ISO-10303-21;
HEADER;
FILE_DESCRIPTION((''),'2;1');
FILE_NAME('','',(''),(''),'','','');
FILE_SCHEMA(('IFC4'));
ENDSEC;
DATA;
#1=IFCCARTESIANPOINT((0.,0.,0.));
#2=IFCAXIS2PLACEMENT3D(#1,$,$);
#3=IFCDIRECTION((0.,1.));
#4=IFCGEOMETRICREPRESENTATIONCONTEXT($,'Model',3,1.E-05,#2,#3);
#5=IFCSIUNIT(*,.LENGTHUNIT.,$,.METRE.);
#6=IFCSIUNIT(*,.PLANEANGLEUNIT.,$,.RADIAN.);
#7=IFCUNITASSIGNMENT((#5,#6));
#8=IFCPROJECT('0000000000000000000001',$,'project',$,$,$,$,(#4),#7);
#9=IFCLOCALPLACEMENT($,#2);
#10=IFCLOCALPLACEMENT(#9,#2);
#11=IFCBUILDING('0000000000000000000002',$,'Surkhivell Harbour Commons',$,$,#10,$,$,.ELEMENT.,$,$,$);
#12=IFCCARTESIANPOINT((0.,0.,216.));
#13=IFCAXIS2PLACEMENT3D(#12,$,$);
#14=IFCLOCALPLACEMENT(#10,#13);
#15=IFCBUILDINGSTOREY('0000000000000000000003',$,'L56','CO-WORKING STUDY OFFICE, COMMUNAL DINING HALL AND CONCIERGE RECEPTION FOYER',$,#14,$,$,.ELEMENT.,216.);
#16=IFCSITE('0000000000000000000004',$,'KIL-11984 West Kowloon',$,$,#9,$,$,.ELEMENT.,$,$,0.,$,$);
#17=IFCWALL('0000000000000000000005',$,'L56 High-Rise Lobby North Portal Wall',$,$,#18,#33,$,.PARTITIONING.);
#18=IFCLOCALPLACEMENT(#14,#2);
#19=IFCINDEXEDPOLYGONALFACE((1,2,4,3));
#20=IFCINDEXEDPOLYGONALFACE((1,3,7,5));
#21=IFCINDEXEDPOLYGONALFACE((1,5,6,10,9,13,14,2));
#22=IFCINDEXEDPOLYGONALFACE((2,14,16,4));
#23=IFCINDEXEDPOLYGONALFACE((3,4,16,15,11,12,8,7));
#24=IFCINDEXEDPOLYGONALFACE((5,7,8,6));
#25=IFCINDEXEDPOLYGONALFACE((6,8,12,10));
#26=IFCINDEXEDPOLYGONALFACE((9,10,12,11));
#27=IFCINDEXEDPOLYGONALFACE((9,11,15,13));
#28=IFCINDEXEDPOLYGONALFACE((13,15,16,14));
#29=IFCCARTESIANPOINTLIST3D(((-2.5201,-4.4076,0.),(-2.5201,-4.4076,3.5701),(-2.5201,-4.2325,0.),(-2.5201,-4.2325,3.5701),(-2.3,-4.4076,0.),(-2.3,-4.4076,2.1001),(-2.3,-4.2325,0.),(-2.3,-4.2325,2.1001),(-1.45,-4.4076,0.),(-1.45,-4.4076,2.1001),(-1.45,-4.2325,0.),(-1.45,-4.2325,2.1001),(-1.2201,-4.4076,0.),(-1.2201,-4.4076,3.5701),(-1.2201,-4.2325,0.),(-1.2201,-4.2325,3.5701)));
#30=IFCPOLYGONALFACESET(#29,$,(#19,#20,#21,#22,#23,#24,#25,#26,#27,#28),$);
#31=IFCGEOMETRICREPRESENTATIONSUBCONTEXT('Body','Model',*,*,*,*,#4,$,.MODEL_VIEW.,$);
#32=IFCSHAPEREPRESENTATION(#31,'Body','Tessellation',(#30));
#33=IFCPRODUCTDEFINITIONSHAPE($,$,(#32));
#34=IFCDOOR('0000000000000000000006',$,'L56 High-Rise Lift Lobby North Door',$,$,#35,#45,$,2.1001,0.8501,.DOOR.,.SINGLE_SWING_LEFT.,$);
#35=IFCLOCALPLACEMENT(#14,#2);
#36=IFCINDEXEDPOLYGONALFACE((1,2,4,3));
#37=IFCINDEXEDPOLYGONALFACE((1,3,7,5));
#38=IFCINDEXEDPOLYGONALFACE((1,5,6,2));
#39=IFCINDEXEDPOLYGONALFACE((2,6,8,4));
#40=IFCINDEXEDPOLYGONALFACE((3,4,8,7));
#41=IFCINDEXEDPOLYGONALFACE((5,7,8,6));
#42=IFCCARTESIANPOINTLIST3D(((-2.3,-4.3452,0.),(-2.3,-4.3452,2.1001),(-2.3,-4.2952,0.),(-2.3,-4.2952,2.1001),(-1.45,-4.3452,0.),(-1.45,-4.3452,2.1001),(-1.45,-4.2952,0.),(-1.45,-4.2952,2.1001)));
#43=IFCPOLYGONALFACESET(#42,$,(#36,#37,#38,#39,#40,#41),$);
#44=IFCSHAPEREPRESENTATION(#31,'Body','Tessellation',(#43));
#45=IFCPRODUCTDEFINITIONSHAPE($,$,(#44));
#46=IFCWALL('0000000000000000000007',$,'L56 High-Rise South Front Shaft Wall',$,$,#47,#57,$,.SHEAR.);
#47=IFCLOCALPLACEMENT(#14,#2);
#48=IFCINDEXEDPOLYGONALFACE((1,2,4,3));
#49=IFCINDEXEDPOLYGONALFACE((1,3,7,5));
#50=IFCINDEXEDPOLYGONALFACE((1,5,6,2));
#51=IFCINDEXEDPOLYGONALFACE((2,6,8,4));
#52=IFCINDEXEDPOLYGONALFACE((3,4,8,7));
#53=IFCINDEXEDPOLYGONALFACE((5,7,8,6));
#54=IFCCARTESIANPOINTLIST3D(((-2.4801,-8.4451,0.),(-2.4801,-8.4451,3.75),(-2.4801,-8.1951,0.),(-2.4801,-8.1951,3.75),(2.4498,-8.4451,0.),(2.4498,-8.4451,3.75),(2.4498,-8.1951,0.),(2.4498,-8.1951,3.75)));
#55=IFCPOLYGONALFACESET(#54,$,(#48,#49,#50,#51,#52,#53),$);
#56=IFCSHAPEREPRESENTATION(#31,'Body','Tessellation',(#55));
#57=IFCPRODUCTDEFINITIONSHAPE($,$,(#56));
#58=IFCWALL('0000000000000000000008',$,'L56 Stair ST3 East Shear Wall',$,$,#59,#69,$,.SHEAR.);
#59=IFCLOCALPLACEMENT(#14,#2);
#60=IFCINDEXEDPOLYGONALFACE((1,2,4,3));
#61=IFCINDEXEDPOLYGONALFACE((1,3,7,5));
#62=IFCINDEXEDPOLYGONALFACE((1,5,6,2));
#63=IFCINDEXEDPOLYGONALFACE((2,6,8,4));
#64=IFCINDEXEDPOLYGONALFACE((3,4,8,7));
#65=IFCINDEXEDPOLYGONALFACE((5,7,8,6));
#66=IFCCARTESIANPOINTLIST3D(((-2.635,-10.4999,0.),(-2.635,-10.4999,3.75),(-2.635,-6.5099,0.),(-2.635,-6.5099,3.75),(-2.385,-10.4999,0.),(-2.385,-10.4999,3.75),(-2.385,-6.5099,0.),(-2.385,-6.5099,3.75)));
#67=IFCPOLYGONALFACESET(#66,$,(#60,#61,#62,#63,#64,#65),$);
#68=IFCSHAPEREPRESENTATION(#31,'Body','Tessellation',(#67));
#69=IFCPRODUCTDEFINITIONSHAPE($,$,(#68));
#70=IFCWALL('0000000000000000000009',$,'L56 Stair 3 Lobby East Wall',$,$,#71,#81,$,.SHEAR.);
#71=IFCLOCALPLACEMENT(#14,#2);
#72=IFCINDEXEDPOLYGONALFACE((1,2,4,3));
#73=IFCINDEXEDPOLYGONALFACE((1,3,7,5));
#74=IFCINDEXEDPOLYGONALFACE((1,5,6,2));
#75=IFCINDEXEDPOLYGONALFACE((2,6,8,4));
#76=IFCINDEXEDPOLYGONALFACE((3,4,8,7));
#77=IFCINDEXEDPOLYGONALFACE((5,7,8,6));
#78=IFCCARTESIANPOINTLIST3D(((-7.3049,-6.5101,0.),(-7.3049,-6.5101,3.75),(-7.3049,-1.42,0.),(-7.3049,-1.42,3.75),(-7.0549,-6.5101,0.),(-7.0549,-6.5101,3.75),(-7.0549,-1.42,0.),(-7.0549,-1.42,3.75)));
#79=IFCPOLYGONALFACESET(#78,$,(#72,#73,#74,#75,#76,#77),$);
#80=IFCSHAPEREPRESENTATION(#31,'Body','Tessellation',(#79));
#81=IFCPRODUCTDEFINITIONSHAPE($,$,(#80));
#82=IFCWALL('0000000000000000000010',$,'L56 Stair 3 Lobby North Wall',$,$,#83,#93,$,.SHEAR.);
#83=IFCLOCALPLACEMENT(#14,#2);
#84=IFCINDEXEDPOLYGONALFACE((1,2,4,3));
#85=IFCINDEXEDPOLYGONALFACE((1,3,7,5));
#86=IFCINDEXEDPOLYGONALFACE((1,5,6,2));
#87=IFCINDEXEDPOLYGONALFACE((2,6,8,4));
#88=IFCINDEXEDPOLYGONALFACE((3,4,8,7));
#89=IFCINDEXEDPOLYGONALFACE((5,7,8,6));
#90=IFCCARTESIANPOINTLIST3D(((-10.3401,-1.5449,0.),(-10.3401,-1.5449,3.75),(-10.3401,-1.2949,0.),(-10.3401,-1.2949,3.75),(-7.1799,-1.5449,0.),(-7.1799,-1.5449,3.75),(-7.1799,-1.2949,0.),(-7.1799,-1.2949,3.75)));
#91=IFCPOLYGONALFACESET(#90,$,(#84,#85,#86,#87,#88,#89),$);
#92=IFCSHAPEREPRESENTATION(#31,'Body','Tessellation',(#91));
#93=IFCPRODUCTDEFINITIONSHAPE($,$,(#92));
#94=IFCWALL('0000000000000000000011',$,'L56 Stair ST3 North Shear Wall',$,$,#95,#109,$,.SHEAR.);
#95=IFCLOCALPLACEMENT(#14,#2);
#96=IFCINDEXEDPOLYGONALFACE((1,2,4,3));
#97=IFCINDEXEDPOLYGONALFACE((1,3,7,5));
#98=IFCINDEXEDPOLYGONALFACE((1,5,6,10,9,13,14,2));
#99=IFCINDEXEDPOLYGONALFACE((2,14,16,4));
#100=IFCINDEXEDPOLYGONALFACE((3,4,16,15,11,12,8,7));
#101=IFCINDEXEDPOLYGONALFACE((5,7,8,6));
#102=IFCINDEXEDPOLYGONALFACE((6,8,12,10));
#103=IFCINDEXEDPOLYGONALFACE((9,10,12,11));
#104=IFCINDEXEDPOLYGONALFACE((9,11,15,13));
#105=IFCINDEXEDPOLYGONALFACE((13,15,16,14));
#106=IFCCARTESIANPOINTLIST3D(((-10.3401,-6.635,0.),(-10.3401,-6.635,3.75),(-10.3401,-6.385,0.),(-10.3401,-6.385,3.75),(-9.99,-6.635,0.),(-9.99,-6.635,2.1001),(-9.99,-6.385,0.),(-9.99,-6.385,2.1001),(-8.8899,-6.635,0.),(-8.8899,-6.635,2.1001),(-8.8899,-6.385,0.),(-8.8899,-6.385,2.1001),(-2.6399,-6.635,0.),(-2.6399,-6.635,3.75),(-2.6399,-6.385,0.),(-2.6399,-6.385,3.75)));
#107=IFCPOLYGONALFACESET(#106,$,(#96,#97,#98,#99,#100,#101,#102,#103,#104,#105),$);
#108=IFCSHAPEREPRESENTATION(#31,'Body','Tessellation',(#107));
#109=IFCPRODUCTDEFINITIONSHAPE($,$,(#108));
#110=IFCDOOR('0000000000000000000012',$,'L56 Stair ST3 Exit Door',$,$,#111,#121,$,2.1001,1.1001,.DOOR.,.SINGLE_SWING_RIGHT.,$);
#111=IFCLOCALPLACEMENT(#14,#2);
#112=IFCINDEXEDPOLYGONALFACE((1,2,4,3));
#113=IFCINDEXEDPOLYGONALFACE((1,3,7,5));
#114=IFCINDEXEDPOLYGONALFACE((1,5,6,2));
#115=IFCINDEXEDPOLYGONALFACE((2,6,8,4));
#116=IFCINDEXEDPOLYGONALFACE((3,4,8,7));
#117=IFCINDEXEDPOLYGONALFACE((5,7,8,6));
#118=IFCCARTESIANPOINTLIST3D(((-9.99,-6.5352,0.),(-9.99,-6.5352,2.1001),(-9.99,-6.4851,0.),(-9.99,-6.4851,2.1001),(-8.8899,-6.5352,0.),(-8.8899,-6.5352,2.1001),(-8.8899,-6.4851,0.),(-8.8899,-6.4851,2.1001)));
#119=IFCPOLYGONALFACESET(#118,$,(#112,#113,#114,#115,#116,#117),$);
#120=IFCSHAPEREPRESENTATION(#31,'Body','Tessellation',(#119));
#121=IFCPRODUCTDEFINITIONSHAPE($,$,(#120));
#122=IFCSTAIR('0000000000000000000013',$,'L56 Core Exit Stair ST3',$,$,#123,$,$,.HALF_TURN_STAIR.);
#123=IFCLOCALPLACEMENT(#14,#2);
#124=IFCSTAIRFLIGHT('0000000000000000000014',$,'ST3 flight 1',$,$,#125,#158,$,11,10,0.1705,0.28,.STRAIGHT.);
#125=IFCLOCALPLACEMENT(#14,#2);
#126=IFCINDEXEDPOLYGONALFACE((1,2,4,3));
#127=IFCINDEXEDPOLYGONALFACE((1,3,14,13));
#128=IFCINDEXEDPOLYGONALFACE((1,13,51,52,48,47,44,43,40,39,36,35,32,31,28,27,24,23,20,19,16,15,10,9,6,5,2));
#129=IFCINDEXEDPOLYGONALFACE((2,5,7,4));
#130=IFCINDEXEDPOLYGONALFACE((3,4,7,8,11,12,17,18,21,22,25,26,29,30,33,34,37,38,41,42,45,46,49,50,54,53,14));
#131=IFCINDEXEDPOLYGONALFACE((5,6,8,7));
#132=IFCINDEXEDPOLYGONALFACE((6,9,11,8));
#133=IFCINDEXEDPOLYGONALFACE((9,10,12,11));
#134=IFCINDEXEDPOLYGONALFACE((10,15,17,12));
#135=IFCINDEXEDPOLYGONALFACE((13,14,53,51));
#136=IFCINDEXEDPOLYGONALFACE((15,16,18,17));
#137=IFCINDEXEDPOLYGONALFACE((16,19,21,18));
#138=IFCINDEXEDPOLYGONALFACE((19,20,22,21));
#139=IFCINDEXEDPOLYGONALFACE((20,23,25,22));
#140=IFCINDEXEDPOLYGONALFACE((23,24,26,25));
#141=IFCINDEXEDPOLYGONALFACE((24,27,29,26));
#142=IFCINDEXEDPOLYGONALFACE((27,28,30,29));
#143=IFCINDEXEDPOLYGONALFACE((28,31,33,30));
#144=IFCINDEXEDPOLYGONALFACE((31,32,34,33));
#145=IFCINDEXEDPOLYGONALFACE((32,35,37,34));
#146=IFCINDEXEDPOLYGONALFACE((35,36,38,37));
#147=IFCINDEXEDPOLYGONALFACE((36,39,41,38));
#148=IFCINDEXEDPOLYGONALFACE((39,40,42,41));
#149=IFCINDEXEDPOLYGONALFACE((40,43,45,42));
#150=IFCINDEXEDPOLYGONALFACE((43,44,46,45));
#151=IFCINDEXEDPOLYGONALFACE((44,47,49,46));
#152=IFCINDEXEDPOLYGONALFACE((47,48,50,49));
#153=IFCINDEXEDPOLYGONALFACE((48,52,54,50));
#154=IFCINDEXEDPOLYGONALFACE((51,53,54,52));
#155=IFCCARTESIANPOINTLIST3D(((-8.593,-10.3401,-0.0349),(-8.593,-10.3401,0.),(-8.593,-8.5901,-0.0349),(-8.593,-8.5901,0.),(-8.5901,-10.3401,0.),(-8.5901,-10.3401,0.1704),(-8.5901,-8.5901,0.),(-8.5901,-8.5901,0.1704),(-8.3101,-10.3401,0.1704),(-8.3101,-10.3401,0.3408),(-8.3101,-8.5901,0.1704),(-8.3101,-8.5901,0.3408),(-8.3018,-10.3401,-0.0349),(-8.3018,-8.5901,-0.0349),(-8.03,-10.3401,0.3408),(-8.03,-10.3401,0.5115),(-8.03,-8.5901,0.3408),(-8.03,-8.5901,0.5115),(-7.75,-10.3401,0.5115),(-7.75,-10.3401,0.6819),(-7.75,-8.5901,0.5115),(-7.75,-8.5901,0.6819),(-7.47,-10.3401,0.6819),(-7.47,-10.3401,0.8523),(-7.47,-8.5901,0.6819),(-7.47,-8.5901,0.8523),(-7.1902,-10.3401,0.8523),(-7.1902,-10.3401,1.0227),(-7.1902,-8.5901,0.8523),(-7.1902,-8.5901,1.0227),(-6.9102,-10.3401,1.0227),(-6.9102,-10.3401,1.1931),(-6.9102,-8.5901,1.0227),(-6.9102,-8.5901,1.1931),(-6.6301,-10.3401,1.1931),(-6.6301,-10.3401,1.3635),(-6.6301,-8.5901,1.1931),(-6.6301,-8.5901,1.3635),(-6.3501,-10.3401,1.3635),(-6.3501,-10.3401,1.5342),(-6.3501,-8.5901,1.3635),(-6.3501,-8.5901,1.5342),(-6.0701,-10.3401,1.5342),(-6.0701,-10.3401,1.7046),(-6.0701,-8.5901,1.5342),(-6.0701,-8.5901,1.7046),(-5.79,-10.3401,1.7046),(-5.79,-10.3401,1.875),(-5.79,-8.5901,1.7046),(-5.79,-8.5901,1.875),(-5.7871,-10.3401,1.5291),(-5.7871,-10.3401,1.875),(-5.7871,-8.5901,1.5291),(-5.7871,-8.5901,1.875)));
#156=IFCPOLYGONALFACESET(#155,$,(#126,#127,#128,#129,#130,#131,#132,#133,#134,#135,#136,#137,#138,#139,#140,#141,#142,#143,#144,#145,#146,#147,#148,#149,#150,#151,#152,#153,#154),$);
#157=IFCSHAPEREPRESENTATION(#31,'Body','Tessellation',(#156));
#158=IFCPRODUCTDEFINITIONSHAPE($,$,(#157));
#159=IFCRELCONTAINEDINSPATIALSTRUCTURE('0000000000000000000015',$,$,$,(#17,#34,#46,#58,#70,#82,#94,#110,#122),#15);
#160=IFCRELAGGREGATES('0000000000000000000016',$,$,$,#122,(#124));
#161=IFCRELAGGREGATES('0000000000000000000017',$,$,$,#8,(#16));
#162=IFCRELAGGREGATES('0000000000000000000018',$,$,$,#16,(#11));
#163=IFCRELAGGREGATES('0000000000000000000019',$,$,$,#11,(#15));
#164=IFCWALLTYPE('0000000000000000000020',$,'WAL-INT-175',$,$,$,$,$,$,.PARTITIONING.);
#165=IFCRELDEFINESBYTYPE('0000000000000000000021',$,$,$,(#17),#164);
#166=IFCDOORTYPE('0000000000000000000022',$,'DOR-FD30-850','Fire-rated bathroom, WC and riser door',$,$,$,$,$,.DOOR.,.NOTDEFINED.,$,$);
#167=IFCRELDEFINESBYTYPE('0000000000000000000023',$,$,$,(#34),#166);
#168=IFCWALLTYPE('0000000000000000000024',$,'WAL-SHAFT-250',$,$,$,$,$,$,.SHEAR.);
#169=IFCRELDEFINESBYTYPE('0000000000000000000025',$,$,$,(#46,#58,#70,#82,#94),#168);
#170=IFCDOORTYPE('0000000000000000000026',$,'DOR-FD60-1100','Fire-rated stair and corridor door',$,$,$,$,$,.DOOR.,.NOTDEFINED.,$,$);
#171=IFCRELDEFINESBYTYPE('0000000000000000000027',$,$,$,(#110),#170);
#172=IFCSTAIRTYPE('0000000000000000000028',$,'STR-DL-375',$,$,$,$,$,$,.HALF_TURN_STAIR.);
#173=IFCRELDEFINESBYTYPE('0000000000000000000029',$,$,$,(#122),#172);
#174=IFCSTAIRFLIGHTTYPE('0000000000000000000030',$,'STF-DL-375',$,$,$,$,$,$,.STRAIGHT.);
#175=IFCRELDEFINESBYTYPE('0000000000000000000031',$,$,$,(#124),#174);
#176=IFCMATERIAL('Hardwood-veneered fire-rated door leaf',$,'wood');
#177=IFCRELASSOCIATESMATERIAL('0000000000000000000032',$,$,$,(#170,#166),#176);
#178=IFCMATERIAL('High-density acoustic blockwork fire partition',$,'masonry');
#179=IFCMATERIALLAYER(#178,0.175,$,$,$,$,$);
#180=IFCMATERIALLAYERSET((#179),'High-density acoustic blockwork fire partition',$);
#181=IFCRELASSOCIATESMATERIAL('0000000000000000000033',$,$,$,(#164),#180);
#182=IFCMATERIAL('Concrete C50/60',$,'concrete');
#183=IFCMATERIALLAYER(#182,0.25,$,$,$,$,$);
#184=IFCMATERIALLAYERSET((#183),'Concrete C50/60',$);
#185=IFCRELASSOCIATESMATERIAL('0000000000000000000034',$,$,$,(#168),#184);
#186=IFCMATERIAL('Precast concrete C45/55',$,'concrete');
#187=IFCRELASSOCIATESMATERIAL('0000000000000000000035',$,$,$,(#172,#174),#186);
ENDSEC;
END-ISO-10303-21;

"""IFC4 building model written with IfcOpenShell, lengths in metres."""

from ifc_helpers import new_model, si_unit, direction, frame, frame_2d, origin, place, context, subcontext, project, spatial, polyline, rectangle, outline, extrude, material, layer, layer_set, type_object, element, fill, aggregate, save


model = new_model("IFC4")

# Units and contexts
model_context = context("Model", 3, precision=1e-05, world=origin(), true_north=direction((0.0, 1.0)))
body_context = subcontext(model_context, "Body", "Model", "MODEL_VIEW")
ifc_project = project(units=[si_unit("LENGTHUNIT", "METRE"), si_unit("PLANEANGLEUNIT", "RADIAN")], contexts=[model_context])

# Site, building, storey
site_placement = place(None, origin())
site = spatial("IfcSite", under=ifc_project, at=site_placement, Name="KIL-11984 West Kowloon", CompositionType="ELEMENT", RefElevation=0.0)
building_placement = place(site_placement, origin())
building = spatial("IfcBuilding", under=site, at=building_placement, Name="Surkhivell Harbour Commons", CompositionType="ELEMENT")
storey_placement = place(building_placement, frame((0.0, 0.0, 216.0)))
storey = spatial("IfcBuildingStorey", under=building, at=storey_placement, Name="L56", Description="CO-WORKING STUDY OFFICE, COMMUNAL DINING HALL AND CONCIERGE RECEPTION FOYER", CompositionType="ELEMENT", Elevation=216.0)

# Shared definitions
ifc_material_1 = material(Name="Hardwood-veneered fire-rated door leaf", Category="wood")
door_type_1 = type_object("IfcDoorType", Name="DOR-FD60-1100", Description="Fire-rated stair and corridor door", OperationType="NOTDEFINED", PredefinedType="DOOR", material=ifc_material_1)
door_type_2 = type_object("IfcDoorType", Name="DOR-FD30-850", Description="Fire-rated bathroom, WC and riser door", OperationType="NOTDEFINED", PredefinedType="DOOR", material=ifc_material_1)
ifc_material_2 = material(Name="High-density acoustic blockwork fire partition", Category="masonry")
ifc_layer_1 = layer(ifc_material_2, 0.175)
ifc_layer_set_1 = layer_set([ifc_layer_1], Name="High-density acoustic blockwork fire partition")
wall_type_1 = type_object("IfcWallType", Name="WAL-INT-175", PredefinedType="PARTITIONING", material=ifc_layer_set_1)

# Wall, opening, door
wall_1_placement = place(storey_placement, frame((-2.52, -4.3201, 0.0), z_axis=(0.0, 0.0, 1.0), x_axis=(1.0, 0.0, 0.0)))
wall_1 = element("IfcWall", 1, at=wall_1_placement, inside=storey, type_object=wall_type_1, Name="L56 High-Rise Lobby North Portal Wall", PredefinedType="PARTITIONING", context=body_context, shape_type="SweptSolid", body=[
    extrude(rectangle(XDim=1.3, YDim=0.175, at=frame_2d((0.6499, 0.0))), origin(), (0.0, 0.0, 1.0), 3.5701),
])
opening_1_placement = place(wall_1_placement, frame((0.22, 0.0, 0.0)))
opening_1 = element("IfcOpeningElement", 2, at=opening_1_placement, cuts=wall_1, PredefinedType="OPENING", context=body_context, shape_type="SweptSolid", body=[
    extrude(rectangle(XDim=0.8501, YDim=2.1001, at=frame_2d((0.425, 1.05))), frame((0.0, 0.0974, 0.0), z_axis=(0.0, -1.0, 0.0), x_axis=(1.0, 0.0, 0.0)), (0.0, 0.0, 1.0), 0.1951),
])
door_1_placement = place(opening_1_placement, origin())
door_1 = element("IfcDoor", 3, at=door_1_placement, inside=storey, type_object=door_type_2, Name="L56 High-Rise Lift Lobby North Door", OperationType="SINGLE_SWING_LEFT", OverallHeight=2.1001, OverallWidth=0.8501, PredefinedType="DOOR", context=body_context, shape_type="SweptSolid", body=[
    extrude(rectangle(XDim=0.8501, YDim=2.1001, at=frame_2d((0.425, 1.05))), frame((0.0, 0.0249, 0.0), z_axis=(0.0, -1.0, 0.0), x_axis=(1.0, 0.0, 0.0)), (0.0, 0.0, 1.0), 0.05),
])
fill(opening_1, door_1)

# Walls
ifc_material_3 = material(Name="Concrete C50/60", Category="concrete")
ifc_layer_2 = layer(ifc_material_3, 0.25)
ifc_layer_set_2 = layer_set([ifc_layer_2], Name="Concrete C50/60")
wall_type_2 = type_object("IfcWallType", Name="WAL-SHAFT-250", PredefinedType="SHEAR", material=ifc_layer_set_2)
wall_2_placement = place(storey_placement, frame((-2.48, -8.3201, 0.0), z_axis=(0.0, 0.0, 1.0), x_axis=(1.0, 0.0, 0.0)))
element("IfcWall", 4, at=wall_2_placement, inside=storey, type_object=wall_type_2, Name="L56 High-Rise South Front Shaft Wall", PredefinedType="SHEAR", context=body_context, shape_type="SweptSolid", body=[
    extrude(rectangle(XDim=4.9299, YDim=0.25, at=frame_2d((2.4648, 0.0))), origin(), (0.0, 0.0, 1.0), 3.75),
])
wall_3_placement = place(storey_placement, frame((-2.51, -10.5, 0.0), z_axis=(0.0, 0.0, 1.0), x_axis=(0.0, 1.0, 0.0)))
element("IfcWall", 5, at=wall_3_placement, inside=storey, type_object=wall_type_2, Name="L56 Stair ST3 East Shear Wall", PredefinedType="SHEAR", context=body_context, shape_type="SweptSolid", body=[
    extrude(rectangle(XDim=3.99, YDim=0.25, at=frame_2d((1.9951, 0.0))), origin(), (0.0, 0.0, 1.0), 3.75),
])
wall_4_placement = place(storey_placement, frame((-7.1799, -6.51, 0.0), z_axis=(0.0, 0.0, 1.0), x_axis=(0.0, 1.0, 0.0)))
element("IfcWall", 6, at=wall_4_placement, inside=storey, type_object=wall_type_2, Name="L56 Stair 3 Lobby East Wall", PredefinedType="SHEAR", context=body_context, shape_type="SweptSolid", body=[
    extrude(rectangle(XDim=5.0901, YDim=0.25, at=frame_2d((2.5449, 0.0))), origin(), (0.0, 0.0, 1.0), 3.75),
])
wall_5_placement = place(storey_placement, frame((-10.3401, -1.4199, 0.0), z_axis=(0.0, 0.0, 1.0), x_axis=(1.0, 0.0, 0.0)))
element("IfcWall", 7, at=wall_5_placement, inside=storey, type_object=wall_type_2, Name="L56 Stair 3 Lobby North Wall", PredefinedType="SHEAR", context=body_context, shape_type="SweptSolid", body=[
    extrude(rectangle(XDim=3.1602, YDim=0.25, at=frame_2d((1.5801, 0.0))), origin(), (0.0, 0.0, 1.0), 3.75),
])

# Wall, opening, door
wall_6_placement = place(storey_placement, frame((-10.3401, -6.51, 0.0), z_axis=(0.0, 0.0, 1.0), x_axis=(1.0, 0.0, 0.0)))
wall_6 = element("IfcWall", 8, at=wall_6_placement, inside=storey, type_object=wall_type_2, Name="L56 Stair ST3 North Shear Wall", PredefinedType="SHEAR", context=body_context, shape_type="SweptSolid", body=[
    extrude(rectangle(XDim=7.7002, YDim=0.25, at=frame_2d((3.8501, 0.0))), origin(), (0.0, 0.0, 1.0), 3.75),
])
opening_2_placement = place(wall_6_placement, frame((0.3501, 0.0, 0.0)))
opening_2 = element("IfcOpeningElement", 9, at=opening_2_placement, cuts=wall_6, PredefinedType="OPENING", context=body_context, shape_type="SweptSolid", body=[
    extrude(rectangle(XDim=1.1001, YDim=2.1001, at=frame_2d((0.55, 1.05))), frame((0.0, 0.135, 0.0), z_axis=(0.0, -1.0, 0.0), x_axis=(1.0, 0.0, 0.0)), (0.0, 0.0, 1.0), 0.27),
])
door_2_placement = place(opening_2_placement, origin())
door_2 = element("IfcDoor", 10, at=door_2_placement, inside=storey, type_object=door_type_1, Name="L56 Stair ST3 Exit Door", OperationType="SINGLE_SWING_RIGHT", OverallHeight=2.1001, OverallWidth=1.1001, PredefinedType="DOOR", context=body_context, shape_type="SweptSolid", body=[
    extrude(rectangle(XDim=1.1001, YDim=2.1001, at=frame_2d((0.55, 1.05))), frame((0.0, 0.0249, 0.0), z_axis=(0.0, -1.0, 0.0), x_axis=(1.0, 0.0, 0.0)), (0.0, 0.0, 1.0), 0.05),
])
fill(opening_2, door_2)

# Stair, stair flight
ifc_material_4 = material(Name="Precast concrete C45/55", Category="concrete")
stair_type = type_object("IfcStairType", Name="STR-DL-375", PredefinedType="HALF_TURN_STAIR", material=ifc_material_4)
stair_placement = place(storey_placement, origin())
stair = element("IfcStair", 11, at=stair_placement, inside=storey, type_object=stair_type, Name="L56 Core Exit Stair ST3", PredefinedType="HALF_TURN_STAIR")
stair_flight_type = type_object("IfcStairFlightType", Name="STF-DL-375", PredefinedType="STRAIGHT", material=ifc_material_4)
stair_flight_1_placement = place(storey_placement, frame((-8.5901, -9.4651, 0.0), z_axis=(0.0, 0.0, 1.0), x_axis=(1.0, 0.0, 0.0)))
stair_flight_1 = element("IfcStairFlight", 12, at=stair_flight_1_placement, type_object=stair_flight_type, Name="ST3 flight 1", NumberOfRisers=11, NumberOfTreads=10, PredefinedType="STRAIGHT", RiserHeight=0.1705, TreadLength=0.28, context=body_context, shape_type="SweptSolid", body=[
    extrude(outline(polyline([(-0.0029, -0.0349), (-0.0029, 0.0), (0.0, 0.0), (0.0, 0.1704), (0.28, 0.1704), (0.28, 0.3408), (0.5601, 0.3408), (0.5601, 0.5115), (0.8401, 0.5115), (0.8401, 0.6819), (1.1201, 0.6819), (1.1201, 0.8523), (1.3999, 0.8523), (1.3999, 1.0227), (1.6799, 1.0227), (1.6799, 1.1931), (1.96, 1.1931), (1.96, 1.3635), (2.24, 1.3635), (2.24, 1.5342), (2.52, 1.5342), (2.52, 1.7046), (2.8, 1.7046), (2.8, 1.875), (2.803, 1.875), (2.803, 1.5291), (0.2883, -0.0349), (-0.0029, -0.0349)])), frame((0.0, 0.875, 0.0), z_axis=(0.0, -1.0, 0.0), x_axis=(1.0, 0.0, 0.0)), (0.0, 0.0, 1.0), 1.75),
])
aggregate(stair, [stair_flight_1])

save(model, "model.ifc")
